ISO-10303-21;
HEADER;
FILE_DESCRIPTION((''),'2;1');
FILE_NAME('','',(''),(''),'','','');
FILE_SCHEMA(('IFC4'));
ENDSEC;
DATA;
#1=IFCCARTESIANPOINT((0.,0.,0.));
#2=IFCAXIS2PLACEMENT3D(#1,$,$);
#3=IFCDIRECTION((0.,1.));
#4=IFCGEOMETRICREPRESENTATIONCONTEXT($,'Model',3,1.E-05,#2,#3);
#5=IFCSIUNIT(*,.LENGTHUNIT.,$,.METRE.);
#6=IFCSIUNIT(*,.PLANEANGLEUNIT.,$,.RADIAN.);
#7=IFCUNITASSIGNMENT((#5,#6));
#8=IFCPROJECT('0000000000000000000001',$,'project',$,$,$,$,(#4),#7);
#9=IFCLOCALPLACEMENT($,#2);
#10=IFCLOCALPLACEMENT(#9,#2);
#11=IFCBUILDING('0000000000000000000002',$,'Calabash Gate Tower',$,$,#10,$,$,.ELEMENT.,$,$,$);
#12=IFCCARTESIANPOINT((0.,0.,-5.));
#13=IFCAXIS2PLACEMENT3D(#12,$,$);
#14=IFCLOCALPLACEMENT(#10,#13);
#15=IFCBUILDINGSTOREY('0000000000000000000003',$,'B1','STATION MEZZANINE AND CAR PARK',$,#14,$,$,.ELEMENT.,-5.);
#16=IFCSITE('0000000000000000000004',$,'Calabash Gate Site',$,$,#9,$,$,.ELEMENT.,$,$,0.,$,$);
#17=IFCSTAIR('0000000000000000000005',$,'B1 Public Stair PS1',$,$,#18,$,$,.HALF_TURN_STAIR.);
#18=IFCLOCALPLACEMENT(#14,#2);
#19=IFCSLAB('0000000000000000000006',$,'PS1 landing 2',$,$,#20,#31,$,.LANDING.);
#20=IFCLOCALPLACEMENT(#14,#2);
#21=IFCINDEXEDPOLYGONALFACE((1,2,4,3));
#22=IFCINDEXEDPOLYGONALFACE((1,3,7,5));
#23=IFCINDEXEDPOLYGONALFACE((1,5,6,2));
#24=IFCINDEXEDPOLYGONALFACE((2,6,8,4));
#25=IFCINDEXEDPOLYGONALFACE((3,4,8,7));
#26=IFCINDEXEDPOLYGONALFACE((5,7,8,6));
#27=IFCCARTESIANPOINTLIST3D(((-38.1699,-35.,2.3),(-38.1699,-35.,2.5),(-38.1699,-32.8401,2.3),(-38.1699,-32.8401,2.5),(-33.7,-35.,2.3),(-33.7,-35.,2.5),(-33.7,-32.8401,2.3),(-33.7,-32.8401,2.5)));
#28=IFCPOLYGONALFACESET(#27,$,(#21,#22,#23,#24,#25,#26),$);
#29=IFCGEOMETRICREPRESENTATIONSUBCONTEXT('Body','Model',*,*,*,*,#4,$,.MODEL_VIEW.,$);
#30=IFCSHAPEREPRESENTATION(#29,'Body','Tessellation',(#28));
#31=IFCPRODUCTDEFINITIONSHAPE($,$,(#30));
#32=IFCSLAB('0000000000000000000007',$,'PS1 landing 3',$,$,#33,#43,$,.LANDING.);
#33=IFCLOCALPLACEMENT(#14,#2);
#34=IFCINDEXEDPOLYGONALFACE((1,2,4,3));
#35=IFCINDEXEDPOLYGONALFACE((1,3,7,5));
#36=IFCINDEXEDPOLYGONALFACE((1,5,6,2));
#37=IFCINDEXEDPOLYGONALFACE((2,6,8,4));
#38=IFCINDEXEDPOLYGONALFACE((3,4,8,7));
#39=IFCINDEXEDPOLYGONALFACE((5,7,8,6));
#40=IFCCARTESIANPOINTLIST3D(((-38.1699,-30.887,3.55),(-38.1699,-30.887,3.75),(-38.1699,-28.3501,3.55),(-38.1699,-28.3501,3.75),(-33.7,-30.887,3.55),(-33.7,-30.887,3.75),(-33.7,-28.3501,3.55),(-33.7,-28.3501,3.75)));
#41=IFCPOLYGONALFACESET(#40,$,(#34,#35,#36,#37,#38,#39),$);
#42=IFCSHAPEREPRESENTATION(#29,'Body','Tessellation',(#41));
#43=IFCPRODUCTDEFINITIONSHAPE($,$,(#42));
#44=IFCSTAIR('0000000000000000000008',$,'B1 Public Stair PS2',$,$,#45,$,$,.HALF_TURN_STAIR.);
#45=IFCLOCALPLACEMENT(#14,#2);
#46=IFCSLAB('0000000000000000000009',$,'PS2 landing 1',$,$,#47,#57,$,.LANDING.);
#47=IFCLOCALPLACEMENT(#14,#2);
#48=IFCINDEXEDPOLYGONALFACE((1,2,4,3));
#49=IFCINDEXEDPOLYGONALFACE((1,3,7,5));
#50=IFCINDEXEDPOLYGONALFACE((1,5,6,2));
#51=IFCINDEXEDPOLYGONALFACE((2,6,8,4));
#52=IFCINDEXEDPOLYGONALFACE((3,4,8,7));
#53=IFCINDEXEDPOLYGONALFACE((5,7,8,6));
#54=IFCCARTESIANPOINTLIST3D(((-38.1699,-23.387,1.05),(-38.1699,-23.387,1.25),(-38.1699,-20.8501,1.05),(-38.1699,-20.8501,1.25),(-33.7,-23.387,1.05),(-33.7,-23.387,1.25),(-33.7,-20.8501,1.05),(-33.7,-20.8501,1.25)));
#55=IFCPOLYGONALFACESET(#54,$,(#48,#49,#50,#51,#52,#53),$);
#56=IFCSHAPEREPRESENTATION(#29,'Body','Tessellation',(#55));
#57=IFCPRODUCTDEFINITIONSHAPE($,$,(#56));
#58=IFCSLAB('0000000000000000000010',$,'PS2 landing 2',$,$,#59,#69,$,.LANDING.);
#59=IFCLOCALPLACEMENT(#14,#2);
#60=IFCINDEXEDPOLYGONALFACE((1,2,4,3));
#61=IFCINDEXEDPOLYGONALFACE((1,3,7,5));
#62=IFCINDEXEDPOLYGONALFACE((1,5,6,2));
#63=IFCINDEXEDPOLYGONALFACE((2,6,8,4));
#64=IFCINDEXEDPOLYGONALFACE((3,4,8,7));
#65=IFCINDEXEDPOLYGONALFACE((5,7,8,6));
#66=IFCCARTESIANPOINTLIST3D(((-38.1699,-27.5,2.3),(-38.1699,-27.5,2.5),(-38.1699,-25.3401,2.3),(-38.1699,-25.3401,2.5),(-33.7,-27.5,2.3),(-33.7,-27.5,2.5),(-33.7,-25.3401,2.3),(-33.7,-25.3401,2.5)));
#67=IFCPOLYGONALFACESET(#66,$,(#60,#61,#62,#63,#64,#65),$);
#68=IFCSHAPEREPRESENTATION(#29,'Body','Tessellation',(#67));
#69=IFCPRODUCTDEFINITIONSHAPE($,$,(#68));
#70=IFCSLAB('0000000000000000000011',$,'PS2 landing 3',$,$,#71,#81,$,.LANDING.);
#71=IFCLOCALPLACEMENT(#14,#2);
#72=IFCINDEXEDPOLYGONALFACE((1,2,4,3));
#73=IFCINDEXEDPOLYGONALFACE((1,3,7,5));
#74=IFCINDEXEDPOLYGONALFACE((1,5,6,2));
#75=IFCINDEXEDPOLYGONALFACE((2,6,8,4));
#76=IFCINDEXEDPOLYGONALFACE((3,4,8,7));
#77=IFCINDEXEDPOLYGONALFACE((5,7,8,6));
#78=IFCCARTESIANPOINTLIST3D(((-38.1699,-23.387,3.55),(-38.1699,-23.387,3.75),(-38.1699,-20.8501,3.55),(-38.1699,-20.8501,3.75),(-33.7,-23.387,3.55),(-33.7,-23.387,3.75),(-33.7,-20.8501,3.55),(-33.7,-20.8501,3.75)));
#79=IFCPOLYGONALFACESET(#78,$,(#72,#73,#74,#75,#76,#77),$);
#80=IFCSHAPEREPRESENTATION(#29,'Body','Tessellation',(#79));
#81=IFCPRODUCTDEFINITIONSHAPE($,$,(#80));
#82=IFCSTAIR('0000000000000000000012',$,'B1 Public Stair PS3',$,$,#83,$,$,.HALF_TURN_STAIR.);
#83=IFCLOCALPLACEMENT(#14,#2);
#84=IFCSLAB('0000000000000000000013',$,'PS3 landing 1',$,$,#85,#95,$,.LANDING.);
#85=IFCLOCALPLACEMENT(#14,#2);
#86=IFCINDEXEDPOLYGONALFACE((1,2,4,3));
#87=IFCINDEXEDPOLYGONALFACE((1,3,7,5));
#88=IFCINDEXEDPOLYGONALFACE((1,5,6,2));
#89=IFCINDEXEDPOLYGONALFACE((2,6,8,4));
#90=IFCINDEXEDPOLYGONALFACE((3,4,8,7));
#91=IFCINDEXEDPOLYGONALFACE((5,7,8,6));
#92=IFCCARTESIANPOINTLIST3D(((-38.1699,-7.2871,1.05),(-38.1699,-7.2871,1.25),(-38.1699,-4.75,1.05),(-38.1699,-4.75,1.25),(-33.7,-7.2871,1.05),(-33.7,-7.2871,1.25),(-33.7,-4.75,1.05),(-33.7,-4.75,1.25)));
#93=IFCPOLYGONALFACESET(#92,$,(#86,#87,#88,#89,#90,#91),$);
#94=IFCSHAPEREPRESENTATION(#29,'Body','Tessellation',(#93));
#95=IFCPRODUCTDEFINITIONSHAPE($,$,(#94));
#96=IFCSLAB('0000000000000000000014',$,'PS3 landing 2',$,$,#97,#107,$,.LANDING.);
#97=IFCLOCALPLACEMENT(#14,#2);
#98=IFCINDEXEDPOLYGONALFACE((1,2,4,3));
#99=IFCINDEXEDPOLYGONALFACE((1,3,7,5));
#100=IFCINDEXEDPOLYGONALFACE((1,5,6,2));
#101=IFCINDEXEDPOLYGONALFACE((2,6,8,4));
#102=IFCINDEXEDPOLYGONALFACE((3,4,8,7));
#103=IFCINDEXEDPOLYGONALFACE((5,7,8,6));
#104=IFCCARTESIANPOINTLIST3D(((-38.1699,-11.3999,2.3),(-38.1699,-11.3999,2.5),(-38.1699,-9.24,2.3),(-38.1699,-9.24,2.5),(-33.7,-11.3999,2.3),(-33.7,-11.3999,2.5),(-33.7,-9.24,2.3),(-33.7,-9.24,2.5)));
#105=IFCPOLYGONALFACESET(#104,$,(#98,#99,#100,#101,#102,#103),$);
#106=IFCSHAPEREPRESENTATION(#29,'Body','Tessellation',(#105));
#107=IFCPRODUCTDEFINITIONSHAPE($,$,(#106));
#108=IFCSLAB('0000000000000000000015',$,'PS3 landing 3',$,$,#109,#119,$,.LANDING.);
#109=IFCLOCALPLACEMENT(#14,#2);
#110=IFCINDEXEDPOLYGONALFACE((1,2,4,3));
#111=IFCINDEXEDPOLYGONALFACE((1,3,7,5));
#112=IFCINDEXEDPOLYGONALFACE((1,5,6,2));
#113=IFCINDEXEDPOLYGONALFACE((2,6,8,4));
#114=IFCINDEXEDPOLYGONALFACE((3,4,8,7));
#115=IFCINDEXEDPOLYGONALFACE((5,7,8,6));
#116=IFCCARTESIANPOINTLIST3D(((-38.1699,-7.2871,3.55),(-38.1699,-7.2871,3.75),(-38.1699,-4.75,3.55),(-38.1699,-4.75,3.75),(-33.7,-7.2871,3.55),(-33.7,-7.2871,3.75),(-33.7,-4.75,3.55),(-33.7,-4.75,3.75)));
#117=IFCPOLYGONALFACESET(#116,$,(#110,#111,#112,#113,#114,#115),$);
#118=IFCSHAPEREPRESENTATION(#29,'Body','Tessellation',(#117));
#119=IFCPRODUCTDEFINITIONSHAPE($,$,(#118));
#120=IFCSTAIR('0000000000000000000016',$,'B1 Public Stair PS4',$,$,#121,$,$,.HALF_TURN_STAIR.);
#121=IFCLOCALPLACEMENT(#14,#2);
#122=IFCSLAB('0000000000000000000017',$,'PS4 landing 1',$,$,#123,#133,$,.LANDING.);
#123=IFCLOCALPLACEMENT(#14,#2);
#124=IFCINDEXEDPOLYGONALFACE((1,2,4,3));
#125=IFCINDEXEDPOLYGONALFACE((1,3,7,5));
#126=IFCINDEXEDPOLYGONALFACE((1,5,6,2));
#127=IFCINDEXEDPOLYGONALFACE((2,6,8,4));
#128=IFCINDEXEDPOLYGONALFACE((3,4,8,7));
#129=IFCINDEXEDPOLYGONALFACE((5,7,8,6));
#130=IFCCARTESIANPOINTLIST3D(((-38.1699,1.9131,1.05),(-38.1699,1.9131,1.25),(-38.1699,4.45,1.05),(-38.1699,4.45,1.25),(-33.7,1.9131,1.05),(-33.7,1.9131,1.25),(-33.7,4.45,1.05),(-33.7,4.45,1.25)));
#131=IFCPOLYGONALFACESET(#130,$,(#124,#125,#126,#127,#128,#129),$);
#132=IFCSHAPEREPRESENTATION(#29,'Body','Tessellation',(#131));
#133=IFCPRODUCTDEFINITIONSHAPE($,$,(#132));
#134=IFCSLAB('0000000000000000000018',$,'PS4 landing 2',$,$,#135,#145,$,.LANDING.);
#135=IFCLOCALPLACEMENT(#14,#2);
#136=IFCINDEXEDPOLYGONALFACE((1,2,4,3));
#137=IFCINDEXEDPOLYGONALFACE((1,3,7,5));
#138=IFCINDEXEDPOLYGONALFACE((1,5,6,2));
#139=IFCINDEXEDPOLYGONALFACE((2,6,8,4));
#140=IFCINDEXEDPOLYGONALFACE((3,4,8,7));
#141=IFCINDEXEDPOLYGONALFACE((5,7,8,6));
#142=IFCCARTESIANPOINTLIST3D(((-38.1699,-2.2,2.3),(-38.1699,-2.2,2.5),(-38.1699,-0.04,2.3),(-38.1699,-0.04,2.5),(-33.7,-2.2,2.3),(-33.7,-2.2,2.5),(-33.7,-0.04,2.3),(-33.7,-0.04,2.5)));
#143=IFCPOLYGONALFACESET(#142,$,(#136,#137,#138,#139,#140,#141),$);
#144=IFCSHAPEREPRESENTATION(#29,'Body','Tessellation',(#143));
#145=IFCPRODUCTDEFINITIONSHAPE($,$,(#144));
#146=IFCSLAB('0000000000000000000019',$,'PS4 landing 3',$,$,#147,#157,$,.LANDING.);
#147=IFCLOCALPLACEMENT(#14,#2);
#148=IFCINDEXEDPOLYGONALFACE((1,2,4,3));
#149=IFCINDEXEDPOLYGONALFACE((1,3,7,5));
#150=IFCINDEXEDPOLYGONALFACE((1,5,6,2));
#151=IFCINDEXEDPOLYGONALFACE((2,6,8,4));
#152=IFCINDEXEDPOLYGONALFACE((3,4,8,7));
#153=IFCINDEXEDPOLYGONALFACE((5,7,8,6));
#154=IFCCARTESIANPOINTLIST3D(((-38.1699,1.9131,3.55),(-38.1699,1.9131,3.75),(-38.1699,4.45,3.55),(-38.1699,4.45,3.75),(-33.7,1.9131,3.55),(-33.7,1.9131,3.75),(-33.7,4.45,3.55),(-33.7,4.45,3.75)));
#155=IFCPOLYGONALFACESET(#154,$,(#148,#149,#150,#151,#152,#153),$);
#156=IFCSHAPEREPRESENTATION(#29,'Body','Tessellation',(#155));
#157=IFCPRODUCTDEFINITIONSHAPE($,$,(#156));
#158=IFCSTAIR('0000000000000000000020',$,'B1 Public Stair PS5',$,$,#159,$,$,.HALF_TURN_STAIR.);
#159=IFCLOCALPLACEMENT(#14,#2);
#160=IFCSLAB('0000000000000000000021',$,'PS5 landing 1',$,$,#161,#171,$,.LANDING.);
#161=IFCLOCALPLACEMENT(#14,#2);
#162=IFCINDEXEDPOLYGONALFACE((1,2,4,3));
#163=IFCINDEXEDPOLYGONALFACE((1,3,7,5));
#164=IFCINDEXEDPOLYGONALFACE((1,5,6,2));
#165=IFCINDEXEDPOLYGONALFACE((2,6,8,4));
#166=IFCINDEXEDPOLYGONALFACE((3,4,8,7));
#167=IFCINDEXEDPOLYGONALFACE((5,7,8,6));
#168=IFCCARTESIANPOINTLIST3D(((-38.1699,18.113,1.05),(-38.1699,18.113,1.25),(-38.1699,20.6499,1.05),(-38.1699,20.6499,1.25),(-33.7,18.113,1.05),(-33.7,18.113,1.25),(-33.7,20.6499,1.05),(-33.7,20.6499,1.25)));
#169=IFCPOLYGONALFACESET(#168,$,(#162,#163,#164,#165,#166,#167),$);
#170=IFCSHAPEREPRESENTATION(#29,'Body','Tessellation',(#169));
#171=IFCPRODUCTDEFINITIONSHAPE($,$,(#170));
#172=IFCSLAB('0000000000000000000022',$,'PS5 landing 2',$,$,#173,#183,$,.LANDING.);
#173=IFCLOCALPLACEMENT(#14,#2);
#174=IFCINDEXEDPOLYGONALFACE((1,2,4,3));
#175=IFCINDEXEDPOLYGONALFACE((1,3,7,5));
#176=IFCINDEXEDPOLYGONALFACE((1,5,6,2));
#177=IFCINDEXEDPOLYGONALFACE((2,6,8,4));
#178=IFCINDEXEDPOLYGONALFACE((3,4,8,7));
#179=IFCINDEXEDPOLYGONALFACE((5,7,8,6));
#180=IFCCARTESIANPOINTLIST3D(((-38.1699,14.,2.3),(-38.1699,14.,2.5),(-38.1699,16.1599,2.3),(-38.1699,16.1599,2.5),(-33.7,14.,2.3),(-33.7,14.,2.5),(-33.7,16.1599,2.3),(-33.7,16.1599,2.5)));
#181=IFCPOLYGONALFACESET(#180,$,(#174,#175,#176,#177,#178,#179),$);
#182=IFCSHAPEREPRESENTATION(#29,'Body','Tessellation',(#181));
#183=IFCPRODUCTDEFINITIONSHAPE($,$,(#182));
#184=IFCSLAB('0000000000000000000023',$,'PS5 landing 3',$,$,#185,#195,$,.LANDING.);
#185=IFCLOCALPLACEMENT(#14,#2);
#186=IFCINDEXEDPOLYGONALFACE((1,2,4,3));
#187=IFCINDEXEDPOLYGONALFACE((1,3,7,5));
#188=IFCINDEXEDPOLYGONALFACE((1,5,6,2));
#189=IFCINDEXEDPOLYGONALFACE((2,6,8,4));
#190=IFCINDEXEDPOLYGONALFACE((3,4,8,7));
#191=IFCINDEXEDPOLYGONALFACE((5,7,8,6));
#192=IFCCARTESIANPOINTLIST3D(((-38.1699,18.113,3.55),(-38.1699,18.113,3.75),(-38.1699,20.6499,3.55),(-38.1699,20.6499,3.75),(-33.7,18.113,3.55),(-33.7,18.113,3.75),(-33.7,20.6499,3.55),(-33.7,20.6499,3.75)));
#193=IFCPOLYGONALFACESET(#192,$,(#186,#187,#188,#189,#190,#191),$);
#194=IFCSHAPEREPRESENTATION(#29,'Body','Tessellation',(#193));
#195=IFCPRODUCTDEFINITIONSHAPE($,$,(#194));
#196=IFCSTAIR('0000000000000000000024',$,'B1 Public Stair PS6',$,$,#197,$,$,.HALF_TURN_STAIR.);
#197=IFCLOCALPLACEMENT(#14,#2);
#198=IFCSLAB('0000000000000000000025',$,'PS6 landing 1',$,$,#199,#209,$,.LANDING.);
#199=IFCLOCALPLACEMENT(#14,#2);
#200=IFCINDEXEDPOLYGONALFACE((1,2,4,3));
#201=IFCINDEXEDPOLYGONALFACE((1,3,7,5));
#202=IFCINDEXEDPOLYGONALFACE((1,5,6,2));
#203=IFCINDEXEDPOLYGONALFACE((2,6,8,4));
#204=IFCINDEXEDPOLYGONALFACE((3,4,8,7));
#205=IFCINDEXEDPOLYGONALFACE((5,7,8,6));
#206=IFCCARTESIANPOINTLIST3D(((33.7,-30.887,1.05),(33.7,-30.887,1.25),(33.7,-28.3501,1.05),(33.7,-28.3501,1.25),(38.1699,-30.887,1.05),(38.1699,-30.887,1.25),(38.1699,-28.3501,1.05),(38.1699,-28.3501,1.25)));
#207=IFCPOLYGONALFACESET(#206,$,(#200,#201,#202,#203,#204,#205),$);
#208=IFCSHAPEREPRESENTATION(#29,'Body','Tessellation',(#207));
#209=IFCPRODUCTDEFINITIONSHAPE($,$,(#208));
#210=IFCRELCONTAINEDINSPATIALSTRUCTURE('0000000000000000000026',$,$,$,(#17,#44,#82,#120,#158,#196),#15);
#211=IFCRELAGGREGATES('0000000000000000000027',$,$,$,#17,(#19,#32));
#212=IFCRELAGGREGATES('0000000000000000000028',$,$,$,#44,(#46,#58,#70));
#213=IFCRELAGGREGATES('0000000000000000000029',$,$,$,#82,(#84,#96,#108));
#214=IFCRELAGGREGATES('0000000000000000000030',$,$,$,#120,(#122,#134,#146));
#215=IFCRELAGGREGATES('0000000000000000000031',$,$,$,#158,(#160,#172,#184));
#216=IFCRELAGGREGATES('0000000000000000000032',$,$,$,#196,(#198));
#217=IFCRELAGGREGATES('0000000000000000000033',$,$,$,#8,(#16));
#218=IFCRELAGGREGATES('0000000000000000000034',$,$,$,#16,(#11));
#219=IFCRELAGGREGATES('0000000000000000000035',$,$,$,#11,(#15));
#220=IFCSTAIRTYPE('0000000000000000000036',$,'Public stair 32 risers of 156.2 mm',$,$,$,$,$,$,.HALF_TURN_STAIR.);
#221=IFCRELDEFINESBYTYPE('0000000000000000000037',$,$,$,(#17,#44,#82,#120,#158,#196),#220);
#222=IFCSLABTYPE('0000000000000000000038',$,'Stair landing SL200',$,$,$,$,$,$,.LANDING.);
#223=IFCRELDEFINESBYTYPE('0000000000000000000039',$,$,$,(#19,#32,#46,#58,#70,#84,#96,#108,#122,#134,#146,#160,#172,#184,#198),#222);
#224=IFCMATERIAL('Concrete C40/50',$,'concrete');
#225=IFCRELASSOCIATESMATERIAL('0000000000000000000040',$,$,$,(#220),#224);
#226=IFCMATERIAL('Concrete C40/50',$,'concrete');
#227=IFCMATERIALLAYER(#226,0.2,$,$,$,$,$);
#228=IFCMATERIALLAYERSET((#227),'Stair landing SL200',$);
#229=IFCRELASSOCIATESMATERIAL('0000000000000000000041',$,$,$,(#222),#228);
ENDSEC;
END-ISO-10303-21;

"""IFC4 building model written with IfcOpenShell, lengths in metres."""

from ifc_helpers import new_model, si_unit, direction, frame, origin, place, context, subcontext, project, spatial, polyline, outline, extrude, material, layer, layer_set, type_object, element, aggregate, save


model = new_model("IFC4")

# Units and contexts
model_context = context("Model", 3, precision=1e-05, world=origin(), true_north=direction((0.0, 1.0)))
body_context = subcontext(model_context, "Body", "Model", "MODEL_VIEW")
ifc_project = project(units=[si_unit("LENGTHUNIT", "METRE"), si_unit("PLANEANGLEUNIT", "RADIAN")], contexts=[model_context])

# Site, building, storey
site_placement = place(None, origin())
site = spatial("IfcSite", under=ifc_project, at=site_placement, Name="Calabash Gate Site", CompositionType="ELEMENT", RefElevation=0.0)
building_placement = place(site_placement, origin())
building = spatial("IfcBuilding", under=site, at=building_placement, Name="Calabash Gate Tower", CompositionType="ELEMENT")
storey_placement = place(building_placement, frame((0.0, 0.0, -5.0)))
storey = spatial("IfcBuildingStorey", under=building, at=storey_placement, Name="B1", Description="STATION MEZZANINE AND CAR PARK", CompositionType="ELEMENT", Elevation=-5.0)

# Stairs, slabs
ifc_material_1 = material(Name="Concrete C40/50", Category="concrete")
stair_type = type_object("IfcStairType", Name="Public stair 32 risers of 156.2 mm", PredefinedType="HALF_TURN_STAIR", material=ifc_material_1)
stair_1_placement = place(storey_placement, origin())
stair_1 = element("IfcStair", 1, at=stair_1_placement, inside=storey, type_object=stair_type, Name="B1 Public Stair PS1", PredefinedType="HALF_TURN_STAIR")
ifc_material_2 = material(Name="Concrete C40/50", Category="concrete")
ifc_layer = layer(ifc_material_2, 0.2)
ifc_layer_set = layer_set([ifc_layer], Name="Stair landing SL200")
slab_type = type_object("IfcSlabType", Name="Stair landing SL200", PredefinedType="LANDING", material=ifc_layer_set)
slab_1_placement = place(storey_placement, frame((0.0, 0.0, 2.3)))
slab_1 = element("IfcSlab", 2, at=slab_1_placement, type_object=slab_type, Name="PS1 landing 2", PredefinedType="LANDING", context=body_context, shape_type="SweptSolid", body=[
    extrude(outline(polyline([(-33.7, -35.0), (-33.7, -32.8401), (-38.1699, -32.8401), (-38.1699, -35.0), (-33.7, -35.0)])), origin(), (0.0, 0.0, 1.0), 0.2),
])
slab_2_placement = place(storey_placement, frame((0.0, 0.0, 3.55)))
slab_2 = element("IfcSlab", 3, at=slab_2_placement, type_object=slab_type, Name="PS1 landing 3", PredefinedType="LANDING", context=body_context, shape_type="SweptSolid", body=[
    extrude(outline(polyline([(-33.7, -30.887), (-33.7, -28.3501), (-38.1699, -28.3501), (-38.1699, -30.887), (-33.7, -30.887)])), origin(), (0.0, 0.0, 1.0), 0.2),
])
aggregate(stair_1, [slab_1, slab_2])
stair_2_placement = place(storey_placement, origin())
stair_2 = element("IfcStair", 4, at=stair_2_placement, inside=storey, type_object=stair_type, Name="B1 Public Stair PS2", PredefinedType="HALF_TURN_STAIR")
slab_3_placement = place(storey_placement, frame((0.0, 0.0, 1.05)))
slab_3 = element("IfcSlab", 5, at=slab_3_placement, type_object=slab_type, Name="PS2 landing 1", PredefinedType="LANDING", context=body_context, shape_type="SweptSolid", body=[
    extrude(outline(polyline([(-33.7, -23.387), (-33.7, -20.8501), (-38.1699, -20.8501), (-38.1699, -23.387), (-33.7, -23.387)])), origin(), (0.0, 0.0, 1.0), 0.2),
])
slab_4_placement = place(storey_placement, frame((0.0, 0.0, 2.3)))
slab_4 = element("IfcSlab", 6, at=slab_4_placement, type_object=slab_type, Name="PS2 landing 2", PredefinedType="LANDING", context=body_context, shape_type="SweptSolid", body=[
    extrude(outline(polyline([(-33.7, -27.5), (-33.7, -25.3401), (-38.1699, -25.3401), (-38.1699, -27.5), (-33.7, -27.5)])), origin(), (0.0, 0.0, 1.0), 0.2),
])
slab_5_placement = place(storey_placement, frame((0.0, 0.0, 3.55)))
slab_5 = element("IfcSlab", 7, at=slab_5_placement, type_object=slab_type, Name="PS2 landing 3", PredefinedType="LANDING", context=body_context, shape_type="SweptSolid", body=[
    extrude(outline(polyline([(-33.7, -23.387), (-33.7, -20.8501), (-38.1699, -20.8501), (-38.1699, -23.387), (-33.7, -23.387)])), origin(), (0.0, 0.0, 1.0), 0.2),
])
aggregate(stair_2, [slab_3, slab_4, slab_5])
stair_3_placement = place(storey_placement, origin())
stair_3 = element("IfcStair", 8, at=stair_3_placement, inside=storey, type_object=stair_type, Name="B1 Public Stair PS3", PredefinedType="HALF_TURN_STAIR")
slab_6_placement = place(storey_placement, frame((0.0, 0.0, 1.05)))
slab_6 = element("IfcSlab", 9, at=slab_6_placement, type_object=slab_type, Name="PS3 landing 1", PredefinedType="LANDING", context=body_context, shape_type="SweptSolid", body=[
    extrude(outline(polyline([(-33.7, -7.2871), (-33.7, -4.75), (-38.1699, -4.75), (-38.1699, -7.2871), (-33.7, -7.2871)])), origin(), (0.0, 0.0, 1.0), 0.2),
])
slab_7_placement = place(storey_placement, frame((0.0, 0.0, 2.3)))
slab_7 = element("IfcSlab", 10, at=slab_7_placement, type_object=slab_type, Name="PS3 landing 2", PredefinedType="LANDING", context=body_context, shape_type="SweptSolid", body=[
    extrude(outline(polyline([(-33.7, -11.3999), (-33.7, -9.24), (-38.1699, -9.24), (-38.1699, -11.3999), (-33.7, -11.3999)])), origin(), (0.0, 0.0, 1.0), 0.2),
])
slab_8_placement = place(storey_placement, frame((0.0, 0.0, 3.55)))
slab_8 = element("IfcSlab", 11, at=slab_8_placement, type_object=slab_type, Name="PS3 landing 3", PredefinedType="LANDING", context=body_context, shape_type="SweptSolid", body=[
    extrude(outline(polyline([(-33.7, -7.2871), (-33.7, -4.75), (-38.1699, -4.75), (-38.1699, -7.2871), (-33.7, -7.2871)])), origin(), (0.0, 0.0, 1.0), 0.2),
])
aggregate(stair_3, [slab_6, slab_7, slab_8])
stair_4_placement = place(storey_placement, origin())
stair_4 = element("IfcStair", 12, at=stair_4_placement, inside=storey, type_object=stair_type, Name="B1 Public Stair PS4", PredefinedType="HALF_TURN_STAIR")
slab_9_placement = place(storey_placement, frame((0.0, 0.0, 1.05)))
slab_9 = element("IfcSlab", 13, at=slab_9_placement, type_object=slab_type, Name="PS4 landing 1", PredefinedType="LANDING", context=body_context, shape_type="SweptSolid", body=[
    extrude(outline(polyline([(-33.7, 1.9131), (-33.7, 4.45), (-38.1699, 4.45), (-38.1699, 1.9131), (-33.7, 1.9131)])), origin(), (0.0, 0.0, 1.0), 0.2),
])
slab_10_placement = place(storey_placement, frame((0.0, 0.0, 2.3)))
slab_10 = element("IfcSlab", 14, at=slab_10_placement, type_object=slab_type, Name="PS4 landing 2", PredefinedType="LANDING", context=body_context, shape_type="SweptSolid", body=[
    extrude(outline(polyline([(-33.7, -2.2), (-33.7, -0.04), (-38.1699, -0.04), (-38.1699, -2.2), (-33.7, -2.2)])), origin(), (0.0, 0.0, 1.0), 0.2),
])
slab_11_placement = place(storey_placement, frame((0.0, 0.0, 3.55)))
slab_11 = element("IfcSlab", 15, at=slab_11_placement, type_object=slab_type, Name="PS4 landing 3", PredefinedType="LANDING", context=body_context, shape_type="SweptSolid", body=[
    extrude(outline(polyline([(-33.7, 1.9131), (-33.7, 4.45), (-38.1699, 4.45), (-38.1699, 1.9131), (-33.7, 1.9131)])), origin(), (0.0, 0.0, 1.0), 0.2),
])
aggregate(stair_4, [slab_9, slab_10, slab_11])
stair_5_placement = place(storey_placement, origin())
stair_5 = element("IfcStair", 16, at=stair_5_placement, inside=storey, type_object=stair_type, Name="B1 Public Stair PS5", PredefinedType="HALF_TURN_STAIR")
slab_12_placement = place(storey_placement, frame((0.0, 0.0, 1.05)))
slab_12 = element("IfcSlab", 17, at=slab_12_placement, type_object=slab_type, Name="PS5 landing 1", PredefinedType="LANDING", context=body_context, shape_type="SweptSolid", body=[
    extrude(outline(polyline([(-33.7, 18.113), (-33.7, 20.6499), (-38.1699, 20.6499), (-38.1699, 18.113), (-33.7, 18.113)])), origin(), (0.0, 0.0, 1.0), 0.2),
])
slab_13_placement = place(storey_placement, frame((0.0, 0.0, 2.3)))
slab_13 = element("IfcSlab", 18, at=slab_13_placement, type_object=slab_type, Name="PS5 landing 2", PredefinedType="LANDING", context=body_context, shape_type="SweptSolid", body=[
    extrude(outline(polyline([(-33.7, 14.0), (-33.7, 16.1599), (-38.1699, 16.1599), (-38.1699, 14.0), (-33.7, 14.0)])), origin(), (0.0, 0.0, 1.0), 0.2),
])
slab_14_placement = place(storey_placement, frame((0.0, 0.0, 3.55)))
slab_14 = element("IfcSlab", 19, at=slab_14_placement, type_object=slab_type, Name="PS5 landing 3", PredefinedType="LANDING", context=body_context, shape_type="SweptSolid", body=[
    extrude(outline(polyline([(-33.7, 18.113), (-33.7, 20.6499), (-38.1699, 20.6499), (-38.1699, 18.113), (-33.7, 18.113)])), origin(), (0.0, 0.0, 1.0), 0.2),
])
aggregate(stair_5, [slab_12, slab_13, slab_14])
stair_6_placement = place(storey_placement, origin())
stair_6 = element("IfcStair", 20, at=stair_6_placement, inside=storey, type_object=stair_type, Name="B1 Public Stair PS6", PredefinedType="HALF_TURN_STAIR")
slab_15_placement = place(storey_placement, frame((0.0, 0.0, 1.05)))
slab_15 = element("IfcSlab", 21, at=slab_15_placement, type_object=slab_type, Name="PS6 landing 1", PredefinedType="LANDING", context=body_context, shape_type="SweptSolid", body=[
    extrude(outline(polyline([(38.1699, -30.887), (38.1699, -28.3501), (33.7, -28.3501), (33.7, -30.887), (38.1699, -30.887)])), origin(), (0.0, 0.0, 1.0), 0.2),
])
aggregate(stair_6, [slab_15])

save(model, "model.ifc")
